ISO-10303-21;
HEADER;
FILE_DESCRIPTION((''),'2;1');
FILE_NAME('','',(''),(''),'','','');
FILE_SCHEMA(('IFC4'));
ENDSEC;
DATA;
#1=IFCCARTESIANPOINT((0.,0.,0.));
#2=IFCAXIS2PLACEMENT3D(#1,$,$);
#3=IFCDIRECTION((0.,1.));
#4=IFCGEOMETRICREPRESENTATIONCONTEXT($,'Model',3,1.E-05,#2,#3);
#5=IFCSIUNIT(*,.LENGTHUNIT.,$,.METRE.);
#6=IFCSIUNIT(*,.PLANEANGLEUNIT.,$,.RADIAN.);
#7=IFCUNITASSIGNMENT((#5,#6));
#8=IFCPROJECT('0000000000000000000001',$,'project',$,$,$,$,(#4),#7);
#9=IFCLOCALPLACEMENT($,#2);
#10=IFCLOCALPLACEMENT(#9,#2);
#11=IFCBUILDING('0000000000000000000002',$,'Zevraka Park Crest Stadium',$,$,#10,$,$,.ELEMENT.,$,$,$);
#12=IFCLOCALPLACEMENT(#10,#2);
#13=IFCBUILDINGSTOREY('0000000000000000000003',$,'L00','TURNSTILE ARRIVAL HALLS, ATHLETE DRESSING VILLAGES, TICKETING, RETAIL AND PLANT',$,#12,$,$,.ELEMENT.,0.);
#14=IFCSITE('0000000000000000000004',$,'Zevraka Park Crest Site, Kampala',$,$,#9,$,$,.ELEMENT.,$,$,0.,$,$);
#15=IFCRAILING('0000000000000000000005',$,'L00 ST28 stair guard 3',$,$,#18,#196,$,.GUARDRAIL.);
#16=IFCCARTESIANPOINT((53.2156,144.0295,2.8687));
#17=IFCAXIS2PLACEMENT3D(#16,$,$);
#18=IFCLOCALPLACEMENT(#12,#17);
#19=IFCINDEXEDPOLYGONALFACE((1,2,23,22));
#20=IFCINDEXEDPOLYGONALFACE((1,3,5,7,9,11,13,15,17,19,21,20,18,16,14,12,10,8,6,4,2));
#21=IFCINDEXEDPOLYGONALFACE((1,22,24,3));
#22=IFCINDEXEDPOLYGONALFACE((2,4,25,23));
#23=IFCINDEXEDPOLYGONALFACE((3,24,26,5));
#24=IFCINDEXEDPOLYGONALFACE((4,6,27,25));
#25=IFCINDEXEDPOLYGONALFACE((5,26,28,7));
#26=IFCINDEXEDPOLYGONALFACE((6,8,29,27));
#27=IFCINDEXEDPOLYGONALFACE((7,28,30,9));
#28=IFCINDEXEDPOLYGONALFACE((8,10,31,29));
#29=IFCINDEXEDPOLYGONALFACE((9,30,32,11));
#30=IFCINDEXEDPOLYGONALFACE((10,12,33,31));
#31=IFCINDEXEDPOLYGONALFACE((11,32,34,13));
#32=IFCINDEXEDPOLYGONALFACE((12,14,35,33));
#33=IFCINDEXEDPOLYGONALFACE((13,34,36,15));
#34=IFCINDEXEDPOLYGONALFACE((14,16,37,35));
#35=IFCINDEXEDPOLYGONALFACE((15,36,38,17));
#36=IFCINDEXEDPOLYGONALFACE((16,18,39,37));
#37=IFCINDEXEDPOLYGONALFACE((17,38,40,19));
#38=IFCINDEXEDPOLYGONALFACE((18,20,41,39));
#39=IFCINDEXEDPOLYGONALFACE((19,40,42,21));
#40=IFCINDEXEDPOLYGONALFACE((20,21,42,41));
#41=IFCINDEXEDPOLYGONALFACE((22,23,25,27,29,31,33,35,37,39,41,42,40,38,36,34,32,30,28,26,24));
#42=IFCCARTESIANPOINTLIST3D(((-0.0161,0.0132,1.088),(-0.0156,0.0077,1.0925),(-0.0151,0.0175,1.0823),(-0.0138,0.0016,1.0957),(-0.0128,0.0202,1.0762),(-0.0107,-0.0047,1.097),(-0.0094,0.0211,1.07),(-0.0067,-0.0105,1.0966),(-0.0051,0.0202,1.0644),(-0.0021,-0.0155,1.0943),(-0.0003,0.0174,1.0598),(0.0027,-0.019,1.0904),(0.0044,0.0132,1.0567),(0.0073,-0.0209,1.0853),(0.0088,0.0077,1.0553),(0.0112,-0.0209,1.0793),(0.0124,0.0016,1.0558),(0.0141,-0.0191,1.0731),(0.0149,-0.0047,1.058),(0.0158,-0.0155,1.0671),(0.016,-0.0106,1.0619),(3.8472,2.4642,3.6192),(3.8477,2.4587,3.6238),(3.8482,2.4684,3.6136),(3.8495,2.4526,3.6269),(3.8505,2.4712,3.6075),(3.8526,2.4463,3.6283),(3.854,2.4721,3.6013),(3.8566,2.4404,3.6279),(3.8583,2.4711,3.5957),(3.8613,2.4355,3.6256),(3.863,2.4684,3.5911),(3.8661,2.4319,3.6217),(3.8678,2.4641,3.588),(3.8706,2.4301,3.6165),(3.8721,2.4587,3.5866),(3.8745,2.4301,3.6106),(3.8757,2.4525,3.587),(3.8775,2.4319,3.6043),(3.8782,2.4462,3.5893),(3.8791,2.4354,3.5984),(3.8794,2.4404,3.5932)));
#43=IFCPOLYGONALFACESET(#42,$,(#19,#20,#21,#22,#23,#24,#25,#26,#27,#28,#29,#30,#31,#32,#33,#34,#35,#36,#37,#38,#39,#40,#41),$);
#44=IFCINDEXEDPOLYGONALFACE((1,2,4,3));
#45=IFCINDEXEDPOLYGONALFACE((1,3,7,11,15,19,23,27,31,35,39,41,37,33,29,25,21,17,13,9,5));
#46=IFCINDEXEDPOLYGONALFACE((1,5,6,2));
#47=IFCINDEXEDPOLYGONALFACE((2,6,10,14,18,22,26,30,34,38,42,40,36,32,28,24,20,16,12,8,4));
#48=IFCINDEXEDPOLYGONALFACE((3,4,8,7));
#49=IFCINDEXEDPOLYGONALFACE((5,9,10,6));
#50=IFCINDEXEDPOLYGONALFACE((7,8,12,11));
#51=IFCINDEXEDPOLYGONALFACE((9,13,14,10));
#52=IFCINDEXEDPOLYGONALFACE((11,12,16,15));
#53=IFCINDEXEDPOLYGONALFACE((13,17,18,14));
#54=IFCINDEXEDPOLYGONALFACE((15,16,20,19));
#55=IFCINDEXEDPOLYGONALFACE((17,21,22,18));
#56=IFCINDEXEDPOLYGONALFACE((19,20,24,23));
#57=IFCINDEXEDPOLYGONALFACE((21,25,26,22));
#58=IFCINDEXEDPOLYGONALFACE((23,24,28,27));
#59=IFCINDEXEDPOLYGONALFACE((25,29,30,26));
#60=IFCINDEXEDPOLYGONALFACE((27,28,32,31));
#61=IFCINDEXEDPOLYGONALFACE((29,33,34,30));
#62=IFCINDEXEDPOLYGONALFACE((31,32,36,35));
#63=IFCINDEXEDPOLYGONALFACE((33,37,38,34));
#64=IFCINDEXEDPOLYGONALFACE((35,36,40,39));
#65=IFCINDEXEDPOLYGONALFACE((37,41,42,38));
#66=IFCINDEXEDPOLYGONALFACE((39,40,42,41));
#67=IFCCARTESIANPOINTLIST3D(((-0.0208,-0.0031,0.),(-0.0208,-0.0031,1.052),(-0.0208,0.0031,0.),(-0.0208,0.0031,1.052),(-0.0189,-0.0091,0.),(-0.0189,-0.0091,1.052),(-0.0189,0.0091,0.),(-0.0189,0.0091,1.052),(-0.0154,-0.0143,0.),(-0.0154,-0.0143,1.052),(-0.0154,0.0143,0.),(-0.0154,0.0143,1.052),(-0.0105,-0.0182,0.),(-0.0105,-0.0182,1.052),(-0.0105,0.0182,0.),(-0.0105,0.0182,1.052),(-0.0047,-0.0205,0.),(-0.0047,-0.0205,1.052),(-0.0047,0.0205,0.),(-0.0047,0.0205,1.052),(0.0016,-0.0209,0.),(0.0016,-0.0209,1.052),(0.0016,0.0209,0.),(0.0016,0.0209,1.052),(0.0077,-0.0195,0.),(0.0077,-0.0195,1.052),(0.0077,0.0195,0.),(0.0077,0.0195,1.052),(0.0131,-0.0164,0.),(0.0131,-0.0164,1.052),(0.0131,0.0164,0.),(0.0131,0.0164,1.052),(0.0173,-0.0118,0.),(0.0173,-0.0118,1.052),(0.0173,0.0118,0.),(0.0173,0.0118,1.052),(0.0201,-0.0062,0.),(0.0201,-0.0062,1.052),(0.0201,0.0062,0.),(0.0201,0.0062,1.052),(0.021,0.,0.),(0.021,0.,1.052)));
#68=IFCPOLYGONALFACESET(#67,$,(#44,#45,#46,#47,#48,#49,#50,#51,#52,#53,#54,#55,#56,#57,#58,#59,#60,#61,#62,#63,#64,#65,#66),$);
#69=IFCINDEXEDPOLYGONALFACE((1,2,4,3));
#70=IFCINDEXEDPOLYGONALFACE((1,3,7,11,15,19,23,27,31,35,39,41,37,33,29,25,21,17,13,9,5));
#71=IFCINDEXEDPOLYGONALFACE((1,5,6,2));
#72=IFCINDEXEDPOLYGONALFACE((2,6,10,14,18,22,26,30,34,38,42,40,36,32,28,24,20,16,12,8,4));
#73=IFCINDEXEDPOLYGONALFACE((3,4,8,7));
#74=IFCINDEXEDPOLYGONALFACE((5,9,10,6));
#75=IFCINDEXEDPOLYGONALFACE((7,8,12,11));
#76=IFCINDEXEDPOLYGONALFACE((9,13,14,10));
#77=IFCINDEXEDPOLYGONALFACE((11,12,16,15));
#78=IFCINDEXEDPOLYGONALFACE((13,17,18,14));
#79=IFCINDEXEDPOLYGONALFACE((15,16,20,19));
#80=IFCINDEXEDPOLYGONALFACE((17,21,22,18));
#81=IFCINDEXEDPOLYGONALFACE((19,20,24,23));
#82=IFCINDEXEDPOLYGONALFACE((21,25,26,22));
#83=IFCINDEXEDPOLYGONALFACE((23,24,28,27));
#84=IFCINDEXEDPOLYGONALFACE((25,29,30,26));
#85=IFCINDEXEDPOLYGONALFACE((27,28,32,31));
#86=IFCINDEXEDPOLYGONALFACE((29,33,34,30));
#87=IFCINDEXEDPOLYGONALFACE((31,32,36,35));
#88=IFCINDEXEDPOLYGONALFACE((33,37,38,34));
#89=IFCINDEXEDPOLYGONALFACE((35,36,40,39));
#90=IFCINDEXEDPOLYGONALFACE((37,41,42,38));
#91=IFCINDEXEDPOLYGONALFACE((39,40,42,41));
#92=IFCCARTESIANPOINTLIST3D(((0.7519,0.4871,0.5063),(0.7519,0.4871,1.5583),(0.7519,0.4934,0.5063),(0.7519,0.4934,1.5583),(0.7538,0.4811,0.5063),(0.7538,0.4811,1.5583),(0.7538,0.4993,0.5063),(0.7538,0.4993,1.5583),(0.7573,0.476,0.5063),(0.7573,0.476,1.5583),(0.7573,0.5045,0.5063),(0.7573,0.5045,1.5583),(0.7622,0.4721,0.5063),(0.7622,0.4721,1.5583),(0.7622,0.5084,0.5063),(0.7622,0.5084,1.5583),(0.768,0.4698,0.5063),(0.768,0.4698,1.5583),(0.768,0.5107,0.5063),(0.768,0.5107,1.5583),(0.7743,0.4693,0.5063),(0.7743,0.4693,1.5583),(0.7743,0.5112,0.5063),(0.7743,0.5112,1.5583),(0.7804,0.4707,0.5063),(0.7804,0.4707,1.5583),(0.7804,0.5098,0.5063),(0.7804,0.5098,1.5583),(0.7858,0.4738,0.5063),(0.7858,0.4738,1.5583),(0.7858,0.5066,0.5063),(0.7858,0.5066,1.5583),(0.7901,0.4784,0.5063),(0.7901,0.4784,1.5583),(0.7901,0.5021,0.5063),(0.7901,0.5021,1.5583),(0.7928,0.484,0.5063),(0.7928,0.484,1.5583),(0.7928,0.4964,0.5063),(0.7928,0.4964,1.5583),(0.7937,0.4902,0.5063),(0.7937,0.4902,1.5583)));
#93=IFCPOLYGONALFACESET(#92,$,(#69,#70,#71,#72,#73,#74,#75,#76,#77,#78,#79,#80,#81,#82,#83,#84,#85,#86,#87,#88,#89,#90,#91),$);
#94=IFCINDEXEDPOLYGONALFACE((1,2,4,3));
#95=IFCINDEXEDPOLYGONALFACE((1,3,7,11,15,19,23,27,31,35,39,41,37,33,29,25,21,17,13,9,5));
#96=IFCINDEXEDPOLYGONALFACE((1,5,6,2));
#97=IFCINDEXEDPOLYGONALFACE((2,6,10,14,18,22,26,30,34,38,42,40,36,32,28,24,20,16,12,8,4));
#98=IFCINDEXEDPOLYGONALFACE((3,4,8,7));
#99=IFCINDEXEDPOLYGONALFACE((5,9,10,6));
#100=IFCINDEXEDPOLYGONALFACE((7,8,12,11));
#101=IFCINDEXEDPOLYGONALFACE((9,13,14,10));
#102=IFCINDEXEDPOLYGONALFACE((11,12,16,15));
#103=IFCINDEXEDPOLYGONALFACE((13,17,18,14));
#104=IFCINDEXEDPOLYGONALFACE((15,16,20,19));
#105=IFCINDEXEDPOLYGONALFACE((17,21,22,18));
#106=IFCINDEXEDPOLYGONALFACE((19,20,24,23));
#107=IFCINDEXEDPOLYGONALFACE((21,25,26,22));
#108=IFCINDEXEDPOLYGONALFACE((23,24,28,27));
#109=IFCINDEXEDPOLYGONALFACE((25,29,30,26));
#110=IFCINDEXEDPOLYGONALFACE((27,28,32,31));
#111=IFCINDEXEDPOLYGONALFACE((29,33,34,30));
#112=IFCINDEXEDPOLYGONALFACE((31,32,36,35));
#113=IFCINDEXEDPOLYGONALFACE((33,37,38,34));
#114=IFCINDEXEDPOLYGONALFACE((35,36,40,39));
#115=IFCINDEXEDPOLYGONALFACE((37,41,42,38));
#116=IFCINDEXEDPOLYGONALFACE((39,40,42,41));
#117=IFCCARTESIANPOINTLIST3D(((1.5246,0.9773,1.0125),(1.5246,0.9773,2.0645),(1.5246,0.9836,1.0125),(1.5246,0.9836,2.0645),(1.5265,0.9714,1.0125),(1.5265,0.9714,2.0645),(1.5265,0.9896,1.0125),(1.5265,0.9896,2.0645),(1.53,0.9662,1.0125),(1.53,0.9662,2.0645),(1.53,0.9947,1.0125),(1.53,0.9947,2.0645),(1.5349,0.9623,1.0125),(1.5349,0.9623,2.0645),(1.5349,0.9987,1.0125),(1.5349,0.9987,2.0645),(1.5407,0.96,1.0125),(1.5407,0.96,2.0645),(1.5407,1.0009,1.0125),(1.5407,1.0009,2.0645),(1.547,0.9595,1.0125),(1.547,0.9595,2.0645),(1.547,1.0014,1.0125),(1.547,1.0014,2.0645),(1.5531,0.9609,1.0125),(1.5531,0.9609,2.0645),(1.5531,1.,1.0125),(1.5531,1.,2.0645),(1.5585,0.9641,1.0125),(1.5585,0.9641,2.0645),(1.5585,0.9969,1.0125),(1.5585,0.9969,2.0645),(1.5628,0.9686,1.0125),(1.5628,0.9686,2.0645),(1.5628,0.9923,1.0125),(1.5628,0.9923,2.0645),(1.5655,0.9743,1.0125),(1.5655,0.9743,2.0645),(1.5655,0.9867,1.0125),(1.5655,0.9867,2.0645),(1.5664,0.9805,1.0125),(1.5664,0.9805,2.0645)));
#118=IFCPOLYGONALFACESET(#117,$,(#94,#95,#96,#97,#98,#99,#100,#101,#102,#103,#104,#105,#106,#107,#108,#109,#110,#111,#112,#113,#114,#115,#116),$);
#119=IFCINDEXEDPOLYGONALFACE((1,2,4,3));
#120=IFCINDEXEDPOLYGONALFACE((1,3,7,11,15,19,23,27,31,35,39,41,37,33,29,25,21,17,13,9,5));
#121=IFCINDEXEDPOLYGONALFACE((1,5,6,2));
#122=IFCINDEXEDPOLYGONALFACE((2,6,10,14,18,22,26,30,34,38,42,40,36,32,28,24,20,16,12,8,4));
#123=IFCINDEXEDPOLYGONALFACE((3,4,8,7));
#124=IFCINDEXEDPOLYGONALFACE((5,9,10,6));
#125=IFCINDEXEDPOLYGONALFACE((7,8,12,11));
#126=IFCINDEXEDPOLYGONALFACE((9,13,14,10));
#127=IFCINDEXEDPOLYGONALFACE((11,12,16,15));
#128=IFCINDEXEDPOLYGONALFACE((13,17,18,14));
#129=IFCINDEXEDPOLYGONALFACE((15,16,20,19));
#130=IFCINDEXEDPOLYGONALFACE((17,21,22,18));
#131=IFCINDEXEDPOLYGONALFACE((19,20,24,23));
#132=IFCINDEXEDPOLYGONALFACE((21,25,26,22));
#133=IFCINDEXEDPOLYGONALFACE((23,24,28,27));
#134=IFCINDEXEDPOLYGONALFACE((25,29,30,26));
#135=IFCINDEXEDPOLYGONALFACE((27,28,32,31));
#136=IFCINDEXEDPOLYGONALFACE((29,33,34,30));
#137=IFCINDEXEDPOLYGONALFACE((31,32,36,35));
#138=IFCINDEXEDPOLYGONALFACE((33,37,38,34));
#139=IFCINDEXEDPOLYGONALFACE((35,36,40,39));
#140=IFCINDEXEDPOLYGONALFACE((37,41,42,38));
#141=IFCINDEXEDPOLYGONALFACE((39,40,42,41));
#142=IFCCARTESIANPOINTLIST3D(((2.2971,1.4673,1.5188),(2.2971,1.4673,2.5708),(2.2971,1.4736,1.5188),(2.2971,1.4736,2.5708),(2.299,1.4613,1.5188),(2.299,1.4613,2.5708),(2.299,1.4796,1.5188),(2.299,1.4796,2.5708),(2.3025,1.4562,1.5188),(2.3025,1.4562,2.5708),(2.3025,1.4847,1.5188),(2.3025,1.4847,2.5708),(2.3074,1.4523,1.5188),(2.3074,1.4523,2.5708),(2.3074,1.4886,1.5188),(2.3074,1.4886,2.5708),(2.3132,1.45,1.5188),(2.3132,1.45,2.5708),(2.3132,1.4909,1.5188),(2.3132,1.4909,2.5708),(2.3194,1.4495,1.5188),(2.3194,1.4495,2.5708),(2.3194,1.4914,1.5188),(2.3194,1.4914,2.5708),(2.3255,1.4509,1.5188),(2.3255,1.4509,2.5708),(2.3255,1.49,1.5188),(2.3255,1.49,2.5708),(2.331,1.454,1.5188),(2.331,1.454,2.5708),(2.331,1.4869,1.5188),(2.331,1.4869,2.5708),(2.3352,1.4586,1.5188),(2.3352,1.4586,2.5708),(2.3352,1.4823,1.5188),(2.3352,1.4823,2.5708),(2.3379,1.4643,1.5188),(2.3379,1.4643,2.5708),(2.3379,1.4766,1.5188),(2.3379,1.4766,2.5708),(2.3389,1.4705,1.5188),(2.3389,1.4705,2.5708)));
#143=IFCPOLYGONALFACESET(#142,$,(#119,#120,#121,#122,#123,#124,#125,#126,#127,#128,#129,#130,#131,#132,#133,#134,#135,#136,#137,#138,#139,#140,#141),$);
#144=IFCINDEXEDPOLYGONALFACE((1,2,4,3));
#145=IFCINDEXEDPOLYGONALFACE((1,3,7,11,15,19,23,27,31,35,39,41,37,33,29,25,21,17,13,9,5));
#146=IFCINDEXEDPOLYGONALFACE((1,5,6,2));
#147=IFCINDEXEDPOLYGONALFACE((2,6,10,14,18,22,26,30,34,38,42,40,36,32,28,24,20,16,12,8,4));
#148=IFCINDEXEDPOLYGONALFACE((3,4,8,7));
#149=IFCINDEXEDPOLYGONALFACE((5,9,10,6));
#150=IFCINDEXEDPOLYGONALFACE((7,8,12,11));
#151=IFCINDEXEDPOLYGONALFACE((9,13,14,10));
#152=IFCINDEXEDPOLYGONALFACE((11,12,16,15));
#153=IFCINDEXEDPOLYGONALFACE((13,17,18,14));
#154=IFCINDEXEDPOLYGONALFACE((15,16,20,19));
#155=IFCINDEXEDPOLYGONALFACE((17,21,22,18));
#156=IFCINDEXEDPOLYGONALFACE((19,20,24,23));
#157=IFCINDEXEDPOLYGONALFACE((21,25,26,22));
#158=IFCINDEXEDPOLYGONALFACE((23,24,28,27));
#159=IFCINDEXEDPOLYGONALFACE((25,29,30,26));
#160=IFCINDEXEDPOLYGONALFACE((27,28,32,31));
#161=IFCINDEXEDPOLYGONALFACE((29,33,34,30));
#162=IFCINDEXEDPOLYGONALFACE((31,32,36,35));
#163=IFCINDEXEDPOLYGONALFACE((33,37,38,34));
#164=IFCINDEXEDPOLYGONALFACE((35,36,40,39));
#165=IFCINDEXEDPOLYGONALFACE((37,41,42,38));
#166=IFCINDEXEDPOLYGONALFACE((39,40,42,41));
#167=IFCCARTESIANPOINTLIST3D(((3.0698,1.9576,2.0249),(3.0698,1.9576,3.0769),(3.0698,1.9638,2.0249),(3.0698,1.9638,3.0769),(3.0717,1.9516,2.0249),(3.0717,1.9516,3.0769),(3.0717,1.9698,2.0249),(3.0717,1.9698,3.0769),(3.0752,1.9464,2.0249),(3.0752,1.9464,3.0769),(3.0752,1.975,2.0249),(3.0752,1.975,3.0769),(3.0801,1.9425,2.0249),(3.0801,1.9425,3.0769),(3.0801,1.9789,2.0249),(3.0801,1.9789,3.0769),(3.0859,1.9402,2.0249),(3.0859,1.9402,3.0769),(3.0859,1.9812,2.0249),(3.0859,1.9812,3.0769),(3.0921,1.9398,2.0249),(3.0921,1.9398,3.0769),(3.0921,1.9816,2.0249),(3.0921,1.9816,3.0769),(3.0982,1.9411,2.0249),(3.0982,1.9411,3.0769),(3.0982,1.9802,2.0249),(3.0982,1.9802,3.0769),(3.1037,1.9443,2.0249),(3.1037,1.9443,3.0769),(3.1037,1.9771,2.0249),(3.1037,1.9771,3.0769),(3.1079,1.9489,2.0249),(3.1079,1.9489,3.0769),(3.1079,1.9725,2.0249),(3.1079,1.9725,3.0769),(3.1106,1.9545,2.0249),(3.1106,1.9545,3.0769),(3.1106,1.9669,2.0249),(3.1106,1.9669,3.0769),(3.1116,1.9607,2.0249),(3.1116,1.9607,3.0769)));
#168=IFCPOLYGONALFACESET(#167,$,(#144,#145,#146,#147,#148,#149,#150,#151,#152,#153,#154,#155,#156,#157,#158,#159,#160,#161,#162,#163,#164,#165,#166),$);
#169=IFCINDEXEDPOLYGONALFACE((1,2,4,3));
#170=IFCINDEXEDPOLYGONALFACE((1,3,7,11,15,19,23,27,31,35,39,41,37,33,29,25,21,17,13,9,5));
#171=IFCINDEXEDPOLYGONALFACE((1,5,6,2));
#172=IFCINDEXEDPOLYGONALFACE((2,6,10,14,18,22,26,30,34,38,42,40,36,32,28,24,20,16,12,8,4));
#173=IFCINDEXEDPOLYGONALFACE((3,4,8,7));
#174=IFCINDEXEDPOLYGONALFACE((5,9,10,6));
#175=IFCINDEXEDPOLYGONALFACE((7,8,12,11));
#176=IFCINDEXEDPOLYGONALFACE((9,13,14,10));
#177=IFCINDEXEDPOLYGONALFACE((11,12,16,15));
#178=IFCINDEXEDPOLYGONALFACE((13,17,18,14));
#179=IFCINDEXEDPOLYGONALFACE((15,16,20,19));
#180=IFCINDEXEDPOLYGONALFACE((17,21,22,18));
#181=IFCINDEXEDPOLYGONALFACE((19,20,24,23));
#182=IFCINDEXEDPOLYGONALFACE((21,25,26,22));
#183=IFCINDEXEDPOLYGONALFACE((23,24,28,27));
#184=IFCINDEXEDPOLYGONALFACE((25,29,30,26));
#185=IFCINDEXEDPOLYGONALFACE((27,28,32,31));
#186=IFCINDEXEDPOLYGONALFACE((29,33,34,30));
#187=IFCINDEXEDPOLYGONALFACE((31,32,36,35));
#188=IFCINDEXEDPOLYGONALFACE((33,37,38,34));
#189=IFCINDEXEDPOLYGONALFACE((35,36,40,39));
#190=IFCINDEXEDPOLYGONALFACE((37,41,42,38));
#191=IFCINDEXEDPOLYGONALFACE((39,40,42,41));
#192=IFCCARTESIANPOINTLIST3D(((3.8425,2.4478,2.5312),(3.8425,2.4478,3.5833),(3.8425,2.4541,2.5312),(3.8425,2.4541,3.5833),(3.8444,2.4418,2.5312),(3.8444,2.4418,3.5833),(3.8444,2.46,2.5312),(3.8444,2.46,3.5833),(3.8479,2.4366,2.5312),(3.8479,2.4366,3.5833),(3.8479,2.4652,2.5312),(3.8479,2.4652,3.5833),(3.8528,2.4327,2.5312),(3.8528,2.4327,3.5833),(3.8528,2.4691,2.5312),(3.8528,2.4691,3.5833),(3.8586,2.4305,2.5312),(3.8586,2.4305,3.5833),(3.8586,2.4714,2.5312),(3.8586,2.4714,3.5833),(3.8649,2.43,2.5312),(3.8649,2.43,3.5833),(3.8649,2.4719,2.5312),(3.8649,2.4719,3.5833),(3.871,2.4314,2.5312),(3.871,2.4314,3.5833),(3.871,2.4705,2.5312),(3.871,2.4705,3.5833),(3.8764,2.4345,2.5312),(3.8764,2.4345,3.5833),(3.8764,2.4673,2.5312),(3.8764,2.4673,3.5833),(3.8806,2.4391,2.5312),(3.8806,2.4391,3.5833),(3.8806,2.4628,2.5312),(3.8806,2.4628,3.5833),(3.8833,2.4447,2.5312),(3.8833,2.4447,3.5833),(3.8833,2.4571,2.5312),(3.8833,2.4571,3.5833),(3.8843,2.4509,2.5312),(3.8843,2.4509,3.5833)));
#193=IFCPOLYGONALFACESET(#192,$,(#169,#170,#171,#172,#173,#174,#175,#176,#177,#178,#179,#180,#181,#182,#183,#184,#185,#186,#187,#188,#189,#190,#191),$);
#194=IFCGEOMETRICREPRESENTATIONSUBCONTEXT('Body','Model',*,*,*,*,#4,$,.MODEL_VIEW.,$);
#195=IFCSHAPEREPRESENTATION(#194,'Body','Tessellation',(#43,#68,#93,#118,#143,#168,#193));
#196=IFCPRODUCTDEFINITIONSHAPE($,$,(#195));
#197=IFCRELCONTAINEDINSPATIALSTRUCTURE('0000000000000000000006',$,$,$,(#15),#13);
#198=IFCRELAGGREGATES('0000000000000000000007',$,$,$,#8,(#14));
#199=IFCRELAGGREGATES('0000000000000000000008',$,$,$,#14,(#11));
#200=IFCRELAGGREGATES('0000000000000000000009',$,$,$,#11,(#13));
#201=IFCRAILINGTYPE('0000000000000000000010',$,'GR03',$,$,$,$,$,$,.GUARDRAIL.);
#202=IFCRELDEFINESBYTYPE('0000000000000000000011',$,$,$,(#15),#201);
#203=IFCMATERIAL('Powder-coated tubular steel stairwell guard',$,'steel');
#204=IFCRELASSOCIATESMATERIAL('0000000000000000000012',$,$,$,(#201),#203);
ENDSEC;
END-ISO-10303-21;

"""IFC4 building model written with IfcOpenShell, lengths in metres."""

from ifc_helpers import new_model, si_unit, direction, frame, origin, origin_2d, place, context, subcontext, project, spatial, circle, extrude, material, type_object, element, save


model = new_model("IFC4")

# Units and contexts
model_context = context("Model", 3, precision=1e-05, world=origin(), true_north=direction((0.0, 1.0)))
body_context = subcontext(model_context, "Body", "Model", "MODEL_VIEW")
ifc_project = project(units=[si_unit("LENGTHUNIT", "METRE"), si_unit("PLANEANGLEUNIT", "RADIAN")], contexts=[model_context])

# Site, building, storey
site_placement = place(None, origin())
site = spatial("IfcSite", under=ifc_project, at=site_placement, Name="Zevraka Park Crest Site, Kampala", CompositionType="ELEMENT", RefElevation=0.0)
building_placement = place(site_placement, origin())
building = spatial("IfcBuilding", under=site, at=building_placement, Name="Zevraka Park Crest Stadium", CompositionType="ELEMENT")
storey_placement = place(building_placement, origin())
storey = spatial("IfcBuildingStorey", under=building, at=storey_placement, Name="L00", Description="TURNSTILE ARRIVAL HALLS, ATHLETE DRESSING VILLAGES, TICKETING, RETAIL AND PLANT", CompositionType="ELEMENT", Elevation=0.0)

# Railing
ifc_material_1 = material(Name="Powder-coated tubular steel stairwell guard", Category="steel")
railing_type_1 = type_object("IfcRailingType", Name="GR03", PredefinedType="GUARDRAIL", material=ifc_material_1)
railing_1_placement = place(storey_placement, frame((53.2156, 144.0295, 2.8687)))
element("IfcRailing", 1, at=railing_1_placement, inside=storey, type_object=railing_type_1, Name="L00 ST28 stair guard 3", PredefinedType="GUARDRAIL", context=body_context, shape_type="SweptSolid", body=[
    extrude(circle(Radius=0.0239, at=origin_2d()), frame((0.0, 0.0, 1.0762), z_axis=(0.738862, 0.468746, 0.484108), x_axis=(-0.535704, 0.844406, 0.0)), (0.0, 0.0, 1.0), 5.2288),
    extrude(circle(Radius=0.021, at=origin_2d()), origin(), (0.0, 0.0, 1.0), 1.052),
    extrude(circle(Radius=0.021, at=origin_2d()), frame((0.7727, 0.4902, 0.5063)), (0.0, 0.0, 1.0), 1.052),
    extrude(circle(Radius=0.021, at=origin_2d()), frame((1.5454, 0.9805, 1.0125)), (0.0, 0.0, 1.0), 1.052),
    extrude(circle(Radius=0.021, at=origin_2d()), frame((2.3179, 1.4705, 1.5188)), (0.0, 0.0, 1.0), 1.052),
    extrude(circle(Radius=0.021, at=origin_2d()), frame((3.0906, 1.9607, 2.0249)), (0.0, 0.0, 1.0), 1.052),
    extrude(circle(Radius=0.021, at=origin_2d()), frame((3.8633, 2.4509, 2.5312)), (0.0, 0.0, 1.0), 1.052),
])

save(model, "model.ifc")
